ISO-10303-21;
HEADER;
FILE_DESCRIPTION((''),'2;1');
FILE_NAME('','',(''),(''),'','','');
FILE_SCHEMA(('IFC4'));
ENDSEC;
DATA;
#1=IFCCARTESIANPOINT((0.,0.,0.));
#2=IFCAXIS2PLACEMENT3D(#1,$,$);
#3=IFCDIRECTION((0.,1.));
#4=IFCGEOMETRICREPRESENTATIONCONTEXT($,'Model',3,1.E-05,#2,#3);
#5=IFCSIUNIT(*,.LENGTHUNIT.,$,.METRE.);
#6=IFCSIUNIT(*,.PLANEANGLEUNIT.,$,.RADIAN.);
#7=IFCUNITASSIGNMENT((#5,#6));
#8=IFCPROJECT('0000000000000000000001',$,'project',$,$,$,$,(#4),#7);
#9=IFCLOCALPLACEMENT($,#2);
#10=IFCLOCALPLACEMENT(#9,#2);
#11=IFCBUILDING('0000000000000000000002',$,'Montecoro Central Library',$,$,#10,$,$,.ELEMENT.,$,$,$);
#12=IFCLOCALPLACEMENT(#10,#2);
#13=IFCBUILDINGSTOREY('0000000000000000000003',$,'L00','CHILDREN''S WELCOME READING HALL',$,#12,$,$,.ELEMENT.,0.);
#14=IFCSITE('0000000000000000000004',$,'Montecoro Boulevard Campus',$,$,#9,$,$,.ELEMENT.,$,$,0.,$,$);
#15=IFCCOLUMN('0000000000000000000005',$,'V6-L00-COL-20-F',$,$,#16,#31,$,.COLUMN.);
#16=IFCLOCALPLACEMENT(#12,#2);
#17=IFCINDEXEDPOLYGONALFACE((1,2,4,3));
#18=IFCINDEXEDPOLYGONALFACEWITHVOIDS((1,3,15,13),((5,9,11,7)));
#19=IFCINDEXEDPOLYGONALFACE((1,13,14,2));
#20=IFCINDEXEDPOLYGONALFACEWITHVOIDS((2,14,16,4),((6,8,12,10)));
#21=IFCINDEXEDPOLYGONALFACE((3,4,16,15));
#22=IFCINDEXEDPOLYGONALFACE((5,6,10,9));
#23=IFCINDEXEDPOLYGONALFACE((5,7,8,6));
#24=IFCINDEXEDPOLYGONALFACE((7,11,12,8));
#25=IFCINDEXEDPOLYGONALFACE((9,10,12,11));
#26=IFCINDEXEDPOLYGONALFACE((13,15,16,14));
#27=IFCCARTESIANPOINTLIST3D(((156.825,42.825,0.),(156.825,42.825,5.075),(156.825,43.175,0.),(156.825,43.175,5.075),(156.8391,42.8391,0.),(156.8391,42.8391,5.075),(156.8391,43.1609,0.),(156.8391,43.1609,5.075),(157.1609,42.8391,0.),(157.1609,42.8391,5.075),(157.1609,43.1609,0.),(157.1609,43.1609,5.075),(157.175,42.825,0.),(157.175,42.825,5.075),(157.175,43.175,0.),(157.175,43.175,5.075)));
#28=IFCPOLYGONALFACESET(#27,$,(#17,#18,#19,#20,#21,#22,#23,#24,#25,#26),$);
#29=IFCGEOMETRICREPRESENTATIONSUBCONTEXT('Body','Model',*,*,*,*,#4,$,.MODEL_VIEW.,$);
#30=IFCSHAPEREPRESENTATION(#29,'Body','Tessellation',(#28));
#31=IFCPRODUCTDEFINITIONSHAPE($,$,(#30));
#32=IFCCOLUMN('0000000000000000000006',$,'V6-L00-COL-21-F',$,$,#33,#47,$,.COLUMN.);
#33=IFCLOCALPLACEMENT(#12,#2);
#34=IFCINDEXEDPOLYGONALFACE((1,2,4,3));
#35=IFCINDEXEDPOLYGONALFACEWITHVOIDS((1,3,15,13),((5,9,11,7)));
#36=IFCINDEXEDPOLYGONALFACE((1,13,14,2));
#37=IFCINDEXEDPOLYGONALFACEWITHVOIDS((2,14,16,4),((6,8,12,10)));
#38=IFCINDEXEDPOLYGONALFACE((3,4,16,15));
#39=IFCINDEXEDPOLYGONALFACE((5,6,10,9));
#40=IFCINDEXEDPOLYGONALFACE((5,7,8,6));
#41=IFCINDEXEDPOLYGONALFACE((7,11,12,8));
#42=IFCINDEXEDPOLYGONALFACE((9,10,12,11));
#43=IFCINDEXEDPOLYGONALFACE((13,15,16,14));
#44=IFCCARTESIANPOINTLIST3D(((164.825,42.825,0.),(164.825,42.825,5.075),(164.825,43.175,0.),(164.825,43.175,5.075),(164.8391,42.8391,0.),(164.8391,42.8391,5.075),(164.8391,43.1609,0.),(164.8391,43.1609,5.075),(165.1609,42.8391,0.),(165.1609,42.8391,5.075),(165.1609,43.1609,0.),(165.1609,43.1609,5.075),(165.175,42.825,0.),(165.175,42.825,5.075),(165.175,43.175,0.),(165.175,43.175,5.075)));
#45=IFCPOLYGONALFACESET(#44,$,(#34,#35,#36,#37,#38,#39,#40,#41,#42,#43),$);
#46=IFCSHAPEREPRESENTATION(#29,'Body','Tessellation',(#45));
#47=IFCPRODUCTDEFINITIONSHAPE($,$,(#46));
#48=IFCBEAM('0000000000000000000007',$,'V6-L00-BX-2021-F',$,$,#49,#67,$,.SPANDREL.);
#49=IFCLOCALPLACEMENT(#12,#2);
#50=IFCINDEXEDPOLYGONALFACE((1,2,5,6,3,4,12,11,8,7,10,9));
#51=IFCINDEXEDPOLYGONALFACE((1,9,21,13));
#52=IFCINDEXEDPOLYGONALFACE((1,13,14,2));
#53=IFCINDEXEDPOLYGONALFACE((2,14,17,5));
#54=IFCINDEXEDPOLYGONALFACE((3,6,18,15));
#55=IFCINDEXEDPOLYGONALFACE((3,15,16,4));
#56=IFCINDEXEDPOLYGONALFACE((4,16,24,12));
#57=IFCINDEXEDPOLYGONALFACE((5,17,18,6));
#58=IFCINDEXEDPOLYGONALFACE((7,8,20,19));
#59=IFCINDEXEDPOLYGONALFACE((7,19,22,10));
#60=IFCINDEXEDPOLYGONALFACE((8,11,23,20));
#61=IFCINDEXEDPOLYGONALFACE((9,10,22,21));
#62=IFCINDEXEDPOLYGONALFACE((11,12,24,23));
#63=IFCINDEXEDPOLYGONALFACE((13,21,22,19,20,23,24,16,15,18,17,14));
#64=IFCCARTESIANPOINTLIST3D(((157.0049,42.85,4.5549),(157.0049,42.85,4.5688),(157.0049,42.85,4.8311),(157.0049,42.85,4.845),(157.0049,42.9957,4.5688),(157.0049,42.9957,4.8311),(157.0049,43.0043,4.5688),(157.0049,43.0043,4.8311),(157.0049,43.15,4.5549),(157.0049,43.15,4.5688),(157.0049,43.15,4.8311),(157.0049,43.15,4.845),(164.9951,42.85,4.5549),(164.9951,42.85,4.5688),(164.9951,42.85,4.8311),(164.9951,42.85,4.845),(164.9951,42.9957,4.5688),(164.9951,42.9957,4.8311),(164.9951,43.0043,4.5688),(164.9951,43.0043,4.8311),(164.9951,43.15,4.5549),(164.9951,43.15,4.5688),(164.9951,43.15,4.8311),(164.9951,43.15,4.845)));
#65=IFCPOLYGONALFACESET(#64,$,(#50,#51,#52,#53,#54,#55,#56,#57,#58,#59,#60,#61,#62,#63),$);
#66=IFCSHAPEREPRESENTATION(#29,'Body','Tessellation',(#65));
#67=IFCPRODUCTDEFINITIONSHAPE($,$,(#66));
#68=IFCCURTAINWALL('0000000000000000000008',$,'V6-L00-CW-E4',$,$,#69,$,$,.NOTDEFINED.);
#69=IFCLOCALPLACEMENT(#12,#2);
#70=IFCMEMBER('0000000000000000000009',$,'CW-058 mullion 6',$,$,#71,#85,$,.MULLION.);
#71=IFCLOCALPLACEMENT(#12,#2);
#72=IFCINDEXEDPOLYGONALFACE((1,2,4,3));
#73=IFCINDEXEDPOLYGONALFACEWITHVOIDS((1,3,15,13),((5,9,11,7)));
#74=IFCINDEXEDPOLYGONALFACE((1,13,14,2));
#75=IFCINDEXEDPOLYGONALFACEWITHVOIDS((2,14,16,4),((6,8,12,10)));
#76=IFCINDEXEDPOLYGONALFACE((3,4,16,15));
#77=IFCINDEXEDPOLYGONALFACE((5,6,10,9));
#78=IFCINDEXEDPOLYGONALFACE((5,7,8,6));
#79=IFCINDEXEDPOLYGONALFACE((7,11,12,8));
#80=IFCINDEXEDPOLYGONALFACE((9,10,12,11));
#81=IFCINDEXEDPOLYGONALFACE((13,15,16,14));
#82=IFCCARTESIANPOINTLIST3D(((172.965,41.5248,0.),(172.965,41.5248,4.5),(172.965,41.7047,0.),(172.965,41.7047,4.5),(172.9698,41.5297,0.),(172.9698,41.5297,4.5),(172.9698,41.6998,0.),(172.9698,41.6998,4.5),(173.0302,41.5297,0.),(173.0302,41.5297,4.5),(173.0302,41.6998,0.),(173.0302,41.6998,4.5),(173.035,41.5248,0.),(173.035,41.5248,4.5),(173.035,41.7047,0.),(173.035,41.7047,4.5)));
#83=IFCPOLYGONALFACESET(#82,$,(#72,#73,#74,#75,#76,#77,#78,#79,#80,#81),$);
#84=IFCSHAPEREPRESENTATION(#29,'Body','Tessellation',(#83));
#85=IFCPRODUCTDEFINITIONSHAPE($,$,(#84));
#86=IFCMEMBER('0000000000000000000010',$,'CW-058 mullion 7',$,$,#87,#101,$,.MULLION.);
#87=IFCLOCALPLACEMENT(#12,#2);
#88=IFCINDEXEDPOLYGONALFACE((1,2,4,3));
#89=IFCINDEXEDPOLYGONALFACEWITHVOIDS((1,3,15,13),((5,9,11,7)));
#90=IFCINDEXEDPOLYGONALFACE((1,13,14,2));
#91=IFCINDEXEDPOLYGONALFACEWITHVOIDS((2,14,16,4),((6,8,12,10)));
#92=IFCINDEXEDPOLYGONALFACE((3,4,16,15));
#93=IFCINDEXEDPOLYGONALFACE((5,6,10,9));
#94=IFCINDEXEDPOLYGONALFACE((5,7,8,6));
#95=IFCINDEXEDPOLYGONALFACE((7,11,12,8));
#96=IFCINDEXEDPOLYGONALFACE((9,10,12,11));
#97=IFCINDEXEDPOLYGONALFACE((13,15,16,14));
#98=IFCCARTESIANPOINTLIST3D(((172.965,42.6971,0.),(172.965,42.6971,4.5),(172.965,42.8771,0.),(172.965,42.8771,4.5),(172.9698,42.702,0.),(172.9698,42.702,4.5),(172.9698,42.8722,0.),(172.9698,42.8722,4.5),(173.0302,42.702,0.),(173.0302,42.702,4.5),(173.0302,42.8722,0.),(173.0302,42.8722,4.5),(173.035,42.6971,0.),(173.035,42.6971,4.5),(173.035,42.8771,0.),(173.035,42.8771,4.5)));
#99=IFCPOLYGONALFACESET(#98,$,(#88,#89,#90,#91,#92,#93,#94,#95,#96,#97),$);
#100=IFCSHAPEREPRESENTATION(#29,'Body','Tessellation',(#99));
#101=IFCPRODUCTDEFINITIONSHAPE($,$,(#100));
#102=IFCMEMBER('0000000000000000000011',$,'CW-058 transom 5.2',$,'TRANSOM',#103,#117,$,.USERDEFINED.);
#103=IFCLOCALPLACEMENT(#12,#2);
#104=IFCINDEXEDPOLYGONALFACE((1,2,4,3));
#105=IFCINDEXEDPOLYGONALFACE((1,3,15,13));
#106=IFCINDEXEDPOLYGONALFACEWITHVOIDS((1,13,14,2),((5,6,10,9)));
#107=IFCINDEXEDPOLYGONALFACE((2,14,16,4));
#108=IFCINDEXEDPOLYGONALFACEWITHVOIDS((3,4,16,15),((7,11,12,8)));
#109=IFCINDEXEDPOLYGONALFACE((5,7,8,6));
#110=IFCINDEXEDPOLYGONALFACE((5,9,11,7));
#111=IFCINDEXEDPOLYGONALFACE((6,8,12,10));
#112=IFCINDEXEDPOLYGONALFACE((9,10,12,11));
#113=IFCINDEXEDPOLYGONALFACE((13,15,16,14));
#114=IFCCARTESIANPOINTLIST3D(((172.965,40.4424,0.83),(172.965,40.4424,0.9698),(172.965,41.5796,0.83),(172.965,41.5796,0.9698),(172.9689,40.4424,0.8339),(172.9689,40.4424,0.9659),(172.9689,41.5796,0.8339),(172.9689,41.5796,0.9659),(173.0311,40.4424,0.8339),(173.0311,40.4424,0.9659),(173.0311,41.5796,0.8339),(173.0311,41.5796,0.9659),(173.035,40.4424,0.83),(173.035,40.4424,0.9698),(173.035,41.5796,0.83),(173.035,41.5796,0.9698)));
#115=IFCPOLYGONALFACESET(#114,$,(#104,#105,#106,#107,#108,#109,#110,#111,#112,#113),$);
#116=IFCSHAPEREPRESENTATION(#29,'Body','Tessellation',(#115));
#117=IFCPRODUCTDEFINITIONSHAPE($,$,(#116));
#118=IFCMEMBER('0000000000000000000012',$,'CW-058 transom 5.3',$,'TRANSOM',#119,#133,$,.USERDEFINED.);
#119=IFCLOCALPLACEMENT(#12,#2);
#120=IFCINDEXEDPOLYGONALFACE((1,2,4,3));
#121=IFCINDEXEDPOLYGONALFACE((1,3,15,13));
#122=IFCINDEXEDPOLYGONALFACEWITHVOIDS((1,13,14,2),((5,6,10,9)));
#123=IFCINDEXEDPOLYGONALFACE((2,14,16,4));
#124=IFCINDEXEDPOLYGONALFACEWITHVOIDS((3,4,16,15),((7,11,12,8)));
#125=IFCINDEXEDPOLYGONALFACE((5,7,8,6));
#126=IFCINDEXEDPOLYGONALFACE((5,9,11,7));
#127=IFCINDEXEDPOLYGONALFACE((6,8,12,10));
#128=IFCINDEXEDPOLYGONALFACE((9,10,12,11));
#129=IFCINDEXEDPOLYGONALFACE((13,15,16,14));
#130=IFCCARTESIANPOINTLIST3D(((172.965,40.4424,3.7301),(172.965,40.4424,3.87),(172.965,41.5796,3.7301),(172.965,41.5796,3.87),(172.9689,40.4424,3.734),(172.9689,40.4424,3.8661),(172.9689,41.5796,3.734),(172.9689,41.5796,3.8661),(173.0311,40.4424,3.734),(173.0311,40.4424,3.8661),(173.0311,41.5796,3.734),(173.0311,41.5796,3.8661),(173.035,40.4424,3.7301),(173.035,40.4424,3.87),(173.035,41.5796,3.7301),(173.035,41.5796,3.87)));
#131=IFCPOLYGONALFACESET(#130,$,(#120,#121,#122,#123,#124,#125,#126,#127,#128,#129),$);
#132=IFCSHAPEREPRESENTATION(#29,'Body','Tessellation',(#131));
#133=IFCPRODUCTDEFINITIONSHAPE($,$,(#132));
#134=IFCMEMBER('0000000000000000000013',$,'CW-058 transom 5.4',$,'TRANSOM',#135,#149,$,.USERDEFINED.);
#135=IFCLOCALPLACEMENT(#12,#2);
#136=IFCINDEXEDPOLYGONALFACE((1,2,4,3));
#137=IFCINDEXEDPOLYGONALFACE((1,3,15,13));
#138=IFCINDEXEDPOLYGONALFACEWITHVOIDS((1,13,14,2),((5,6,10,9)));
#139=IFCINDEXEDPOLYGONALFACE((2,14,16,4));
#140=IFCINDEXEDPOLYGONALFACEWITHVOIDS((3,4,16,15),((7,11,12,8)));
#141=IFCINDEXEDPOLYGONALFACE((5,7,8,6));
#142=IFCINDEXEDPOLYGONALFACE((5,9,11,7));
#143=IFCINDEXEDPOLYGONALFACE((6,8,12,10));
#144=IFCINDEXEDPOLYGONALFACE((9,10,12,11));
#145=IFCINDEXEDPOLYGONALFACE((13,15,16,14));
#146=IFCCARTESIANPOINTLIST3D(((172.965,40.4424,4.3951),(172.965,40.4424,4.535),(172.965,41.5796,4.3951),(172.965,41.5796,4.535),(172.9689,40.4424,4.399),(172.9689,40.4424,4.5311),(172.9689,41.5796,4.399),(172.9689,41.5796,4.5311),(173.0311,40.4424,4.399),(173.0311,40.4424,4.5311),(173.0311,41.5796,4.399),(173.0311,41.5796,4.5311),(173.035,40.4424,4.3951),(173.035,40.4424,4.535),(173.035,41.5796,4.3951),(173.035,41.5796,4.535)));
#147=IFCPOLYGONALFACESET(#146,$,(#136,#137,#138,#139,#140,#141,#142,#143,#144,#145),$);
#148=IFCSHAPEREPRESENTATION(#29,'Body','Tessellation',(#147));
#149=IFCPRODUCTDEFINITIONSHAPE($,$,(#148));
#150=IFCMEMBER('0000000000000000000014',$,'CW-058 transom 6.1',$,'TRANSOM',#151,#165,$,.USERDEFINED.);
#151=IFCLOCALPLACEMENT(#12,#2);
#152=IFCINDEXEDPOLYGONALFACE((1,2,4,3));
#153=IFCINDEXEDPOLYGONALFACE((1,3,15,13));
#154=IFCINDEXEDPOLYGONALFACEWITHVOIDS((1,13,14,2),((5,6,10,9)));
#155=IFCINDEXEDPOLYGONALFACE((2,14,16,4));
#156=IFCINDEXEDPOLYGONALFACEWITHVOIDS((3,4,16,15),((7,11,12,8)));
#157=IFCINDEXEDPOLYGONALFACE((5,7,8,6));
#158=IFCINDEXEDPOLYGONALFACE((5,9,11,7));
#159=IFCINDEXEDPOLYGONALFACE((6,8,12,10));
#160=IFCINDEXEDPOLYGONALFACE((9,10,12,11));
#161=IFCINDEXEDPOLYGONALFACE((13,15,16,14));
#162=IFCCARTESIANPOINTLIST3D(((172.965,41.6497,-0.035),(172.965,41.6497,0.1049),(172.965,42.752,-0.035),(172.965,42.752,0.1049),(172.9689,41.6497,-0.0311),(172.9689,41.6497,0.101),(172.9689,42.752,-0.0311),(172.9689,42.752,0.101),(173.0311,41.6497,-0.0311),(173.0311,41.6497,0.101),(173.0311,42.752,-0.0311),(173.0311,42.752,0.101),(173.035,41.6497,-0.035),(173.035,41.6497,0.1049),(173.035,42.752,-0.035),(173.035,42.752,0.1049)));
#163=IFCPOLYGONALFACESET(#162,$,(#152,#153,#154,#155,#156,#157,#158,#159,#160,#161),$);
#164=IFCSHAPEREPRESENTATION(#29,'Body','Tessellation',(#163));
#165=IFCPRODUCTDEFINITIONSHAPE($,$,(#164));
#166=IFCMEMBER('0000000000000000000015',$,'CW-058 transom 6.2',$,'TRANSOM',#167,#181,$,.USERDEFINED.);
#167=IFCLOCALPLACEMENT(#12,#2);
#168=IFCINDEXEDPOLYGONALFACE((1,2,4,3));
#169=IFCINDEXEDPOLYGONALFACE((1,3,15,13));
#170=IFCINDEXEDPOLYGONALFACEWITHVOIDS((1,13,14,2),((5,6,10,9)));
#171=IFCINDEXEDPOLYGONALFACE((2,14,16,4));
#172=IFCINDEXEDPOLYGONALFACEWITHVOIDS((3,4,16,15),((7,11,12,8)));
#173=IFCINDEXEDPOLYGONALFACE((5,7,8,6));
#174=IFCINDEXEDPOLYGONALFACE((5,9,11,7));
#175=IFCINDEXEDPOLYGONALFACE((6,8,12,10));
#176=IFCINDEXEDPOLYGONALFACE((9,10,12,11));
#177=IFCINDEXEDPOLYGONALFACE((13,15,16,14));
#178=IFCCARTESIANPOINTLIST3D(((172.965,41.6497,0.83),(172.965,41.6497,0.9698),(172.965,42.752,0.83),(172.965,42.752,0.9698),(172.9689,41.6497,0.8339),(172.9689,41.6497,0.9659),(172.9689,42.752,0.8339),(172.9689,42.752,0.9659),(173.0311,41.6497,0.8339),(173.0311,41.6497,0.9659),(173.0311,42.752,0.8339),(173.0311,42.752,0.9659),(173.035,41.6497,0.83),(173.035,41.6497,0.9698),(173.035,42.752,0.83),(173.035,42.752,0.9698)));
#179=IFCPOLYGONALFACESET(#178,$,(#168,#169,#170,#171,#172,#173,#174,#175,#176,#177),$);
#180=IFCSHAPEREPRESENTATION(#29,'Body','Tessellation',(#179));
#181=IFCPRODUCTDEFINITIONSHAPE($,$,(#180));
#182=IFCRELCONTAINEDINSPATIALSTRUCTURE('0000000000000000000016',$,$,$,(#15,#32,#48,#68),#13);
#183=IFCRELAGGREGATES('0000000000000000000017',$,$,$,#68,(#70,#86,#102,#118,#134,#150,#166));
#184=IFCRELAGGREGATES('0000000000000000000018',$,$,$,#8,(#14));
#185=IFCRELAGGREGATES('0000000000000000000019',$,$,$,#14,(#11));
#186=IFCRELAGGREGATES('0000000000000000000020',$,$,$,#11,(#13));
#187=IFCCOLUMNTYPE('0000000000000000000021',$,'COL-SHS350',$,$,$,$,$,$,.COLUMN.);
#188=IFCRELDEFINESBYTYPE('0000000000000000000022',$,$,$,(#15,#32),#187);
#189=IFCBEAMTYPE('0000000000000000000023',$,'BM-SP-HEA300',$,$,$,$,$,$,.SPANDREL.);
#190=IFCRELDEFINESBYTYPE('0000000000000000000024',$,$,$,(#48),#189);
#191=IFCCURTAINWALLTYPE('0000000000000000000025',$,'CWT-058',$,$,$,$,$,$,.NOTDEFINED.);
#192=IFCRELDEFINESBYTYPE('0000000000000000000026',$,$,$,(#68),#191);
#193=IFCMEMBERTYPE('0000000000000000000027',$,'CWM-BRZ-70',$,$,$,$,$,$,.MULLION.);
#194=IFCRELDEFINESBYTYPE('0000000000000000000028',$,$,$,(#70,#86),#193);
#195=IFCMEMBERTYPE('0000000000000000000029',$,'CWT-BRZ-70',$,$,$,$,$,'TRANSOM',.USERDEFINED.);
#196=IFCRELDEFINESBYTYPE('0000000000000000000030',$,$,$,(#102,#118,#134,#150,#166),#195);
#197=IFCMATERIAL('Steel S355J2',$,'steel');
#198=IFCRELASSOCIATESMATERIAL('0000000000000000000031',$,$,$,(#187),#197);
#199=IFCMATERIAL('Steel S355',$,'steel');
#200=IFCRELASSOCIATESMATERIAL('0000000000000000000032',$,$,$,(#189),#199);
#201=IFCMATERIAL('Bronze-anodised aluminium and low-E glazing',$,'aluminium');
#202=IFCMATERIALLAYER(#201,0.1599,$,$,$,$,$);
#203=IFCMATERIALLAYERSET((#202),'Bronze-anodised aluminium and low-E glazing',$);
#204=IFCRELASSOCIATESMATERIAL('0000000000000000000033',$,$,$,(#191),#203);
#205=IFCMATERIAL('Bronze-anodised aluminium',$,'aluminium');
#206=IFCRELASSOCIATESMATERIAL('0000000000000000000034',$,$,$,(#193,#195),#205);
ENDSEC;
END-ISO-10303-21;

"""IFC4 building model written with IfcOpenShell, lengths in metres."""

from ifc_helpers import new_model, si_unit, direction, frame, origin, origin_2d, place, context, subcontext, project, spatial, hollow_rectangle, i_section, extrude, material, layer, layer_set, material_profile, profile_set, type_object, element, aggregate, save


model = new_model("IFC4")

# Units and contexts
model_context = context("Model", 3, precision=1e-05, world=origin(), true_north=direction((0.0, 1.0)))
body_context = subcontext(model_context, "Body", "Model", "MODEL_VIEW")
ifc_project = project(units=[si_unit("LENGTHUNIT", "METRE"), si_unit("PLANEANGLEUNIT", "RADIAN")], contexts=[model_context])

# Site, building, storey
site_placement = place(None, origin())
site = spatial("IfcSite", under=ifc_project, at=site_placement, Name="Montecoro Boulevard Campus", CompositionType="ELEMENT", RefElevation=0.0)
building_placement = place(site_placement, origin())
building = spatial("IfcBuilding", under=site, at=building_placement, Name="Montecoro Central Library", CompositionType="ELEMENT")
storey_placement = place(building_placement, origin())
storey = spatial("IfcBuildingStorey", under=building, at=storey_placement, Name="L00", Description="CHILDREN'S WELCOME READING HALL", CompositionType="ELEMENT", Elevation=0.0)

# Columns
ifc_material_1 = material(Name="Steel S355J2", Category="steel")
ifc_material_profile_1 = material_profile(ifc_material_1, hollow_rectangle(XDim=0.3501, YDim=0.3501, WallThickness=0.0142, at=origin_2d()), Name="SHS 350x350x14.2")
ifc_profile_set_1 = profile_set([ifc_material_profile_1], Name="Steel S355J2")
column_type = type_object("IfcColumnType", Name="COL-SHS350", PredefinedType="COLUMN", material=ifc_profile_set_1)
for number, where, z_axis, x_axis, name in (
    (1, (157.0, 43.0, 0.0), (0.0, 0.0, 1.0), (1.0, 0.0, 0.0), "V6-L00-COL-20-F"),
    (2, (165.0, 43.0, 0.0), (0.0, 0.0, 1.0), (1.0, 0.0, 0.0), "V6-L00-COL-21-F"),
):
    element("IfcColumn", number, at=place(storey_placement, frame(where, z_axis=z_axis, x_axis=x_axis)), inside=storey, type_object=column_type, Name=name, PredefinedType="COLUMN", context=body_context, shape_type="SweptSolid", body=[
        extrude(hollow_rectangle(XDim=0.3501, YDim=0.3501, WallThickness=0.0142, at=origin_2d()), origin(), (0.0, 0.0, 1.0), 5.075),
    ])

# Beam
ifc_material_2 = material(Name="Steel S355", Category="steel")
ifc_material_profile_2 = material_profile(ifc_material_2, i_section(OverallWidth=0.3, OverallDepth=0.29, WebThickness=0.0085, FlangeThickness=0.0139, at=origin_2d()), Name="HEA 300")
ifc_profile_set_2 = profile_set([ifc_material_profile_2], Name="Steel S355")
beam_type = type_object("IfcBeamType", Name="BM-SP-HEA300", PredefinedType="SPANDREL", material=ifc_profile_set_2)
beam_placement = place(storey_placement, frame((157.0049, 43.0, 4.7), z_axis=(1.0, 0.0, 0.0), x_axis=(0.0, 1.0, 0.0)))
element("IfcBeam", 3, at=beam_placement, inside=storey, type_object=beam_type, Name="V6-L00-BX-2021-F", PredefinedType="SPANDREL", context=body_context, shape_type="SweptSolid", body=[
    extrude(i_section(OverallWidth=0.3, OverallDepth=0.29, WebThickness=0.0085, FlangeThickness=0.0139, at=origin_2d()), origin(), (0.0, 0.0, 1.0), 7.9902),
])

# Curtain wall, members
ifc_material_3 = material(Name="Bronze-anodised aluminium and low-E glazing", Category="aluminium")
ifc_layer_1 = layer(ifc_material_3, 0.1599)
ifc_layer_set_1 = layer_set([ifc_layer_1], Name="Bronze-anodised aluminium and low-E glazing")
curtain_wall_type = type_object("IfcCurtainWallType", Name="CWT-058", PredefinedType="NOTDEFINED", material=ifc_layer_set_1)
curtain_wall_placement = place(storey_placement, origin())
curtain_wall = element("IfcCurtainWall", 4, at=curtain_wall_placement, inside=storey, type_object=curtain_wall_type, Name="V6-L00-CW-E4", PredefinedType="NOTDEFINED")
ifc_material_4 = material(Name="Bronze-anodised aluminium", Category="aluminium")
ifc_material_profile_3 = material_profile(ifc_material_4, hollow_rectangle(XDim=0.0701, YDim=0.1799, WallThickness=0.0049, at=origin_2d()), Name="CWM 180x70x5.0")
ifc_profile_set_3 = profile_set([ifc_material_profile_3], Name="Bronze-anodised aluminium")
member_type_1 = type_object("IfcMemberType", Name="CWM-BRZ-70", PredefinedType="MULLION", material=ifc_profile_set_3)
member_1_placement = place(storey_placement, frame((173.0, 41.6147, 0.0), z_axis=(0.0, 0.0, 1.0), x_axis=(-1.0, 0.0, 0.0)))
member_1 = element("IfcMember", 5, at=member_1_placement, type_object=member_type_1, Name="CW-058 mullion 6", PredefinedType="MULLION", context=body_context, shape_type="SweptSolid", body=[
    extrude(hollow_rectangle(XDim=0.0701, YDim=0.1799, WallThickness=0.0049, at=origin_2d()), origin(), (0.0, 0.0, 1.0), 4.5),
])
member_2_placement = place(storey_placement, frame((173.0, 42.7871, 0.0), z_axis=(0.0, 0.0, 1.0), x_axis=(-1.0, 0.0, 0.0)))
member_2 = element("IfcMember", 6, at=member_2_placement, type_object=member_type_1, Name="CW-058 mullion 7", PredefinedType="MULLION", context=body_context, shape_type="SweptSolid", body=[
    extrude(hollow_rectangle(XDim=0.0701, YDim=0.1799, WallThickness=0.0049, at=origin_2d()), origin(), (0.0, 0.0, 1.0), 4.5),
])
ifc_material_profile_4 = material_profile(ifc_material_4, hollow_rectangle(XDim=0.0701, YDim=0.1399, WallThickness=0.0039, at=origin_2d()), Name="CWT 140x70x4.0")
ifc_profile_set_4 = profile_set([ifc_material_profile_4], Name="Bronze-anodised aluminium")
member_type_2 = type_object("IfcMemberType", Name="CWT-BRZ-70", ElementType="TRANSOM", PredefinedType="USERDEFINED", material=ifc_profile_set_4)
member_3_placement = place(storey_placement, frame((173.0, 40.4424, 0.8999), z_axis=(0.0, 1.0, 0.0), x_axis=(-1.0, 0.0, 0.0)))
member_3 = element("IfcMember", 7, at=member_3_placement, type_object=member_type_2, Name="CW-058 transom 5.2", ObjectType="TRANSOM", PredefinedType="USERDEFINED", context=body_context, shape_type="SweptSolid", body=[
    extrude(hollow_rectangle(XDim=0.0701, YDim=0.1399, WallThickness=0.0039, at=origin_2d()), origin(), (0.0, 0.0, 1.0), 1.1372),
])
member_4_placement = place(storey_placement, frame((173.0, 40.4424, 3.8), z_axis=(0.0, 1.0, 0.0), x_axis=(-1.0, 0.0, 0.0)))
member_4 = element("IfcMember", 8, at=member_4_placement, type_object=member_type_2, Name="CW-058 transom 5.3", ObjectType="TRANSOM", PredefinedType="USERDEFINED", context=body_context, shape_type="SweptSolid", body=[
    extrude(hollow_rectangle(XDim=0.0701, YDim=0.1399, WallThickness=0.0039, at=origin_2d()), origin(), (0.0, 0.0, 1.0), 1.1372),
])
member_5_placement = place(storey_placement, frame((173.0, 40.4424, 4.4651), z_axis=(0.0, 1.0, 0.0), x_axis=(-1.0, 0.0, 0.0)))
member_5 = element("IfcMember", 9, at=member_5_placement, type_object=member_type_2, Name="CW-058 transom 5.4", ObjectType="TRANSOM", PredefinedType="USERDEFINED", context=body_context, shape_type="SweptSolid", body=[
    extrude(hollow_rectangle(XDim=0.0701, YDim=0.1399, WallThickness=0.0039, at=origin_2d()), origin(), (0.0, 0.0, 1.0), 1.1372),
])
member_6_placement = place(storey_placement, frame((173.0, 41.6497, 0.0349), z_axis=(0.0, 1.0, 0.0), x_axis=(-1.0, 0.0, 0.0)))
member_6 = element("IfcMember", 10, at=member_6_placement, type_object=member_type_2, Name="CW-058 transom 6.1", ObjectType="TRANSOM", PredefinedType="USERDEFINED", context=body_context, shape_type="SweptSolid", body=[
    extrude(hollow_rectangle(XDim=0.0701, YDim=0.1399, WallThickness=0.0039, at=origin_2d()), origin(), (0.0, 0.0, 1.0), 1.1023),
])
member_7_placement = place(storey_placement, frame((173.0, 41.6497, 0.8999), z_axis=(0.0, 1.0, 0.0), x_axis=(-1.0, 0.0, 0.0)))
member_7 = element("IfcMember", 11, at=member_7_placement, type_object=member_type_2, Name="CW-058 transom 6.2", ObjectType="TRANSOM", PredefinedType="USERDEFINED", context=body_context, shape_type="SweptSolid", body=[
    extrude(hollow_rectangle(XDim=0.0701, YDim=0.1399, WallThickness=0.0039, at=origin_2d()), origin(), (0.0, 0.0, 1.0), 1.1023),
])
aggregate(curtain_wall, [member_1, member_2, member_3, member_4, member_5, member_6, member_7])

save(model, "model.ifc")
